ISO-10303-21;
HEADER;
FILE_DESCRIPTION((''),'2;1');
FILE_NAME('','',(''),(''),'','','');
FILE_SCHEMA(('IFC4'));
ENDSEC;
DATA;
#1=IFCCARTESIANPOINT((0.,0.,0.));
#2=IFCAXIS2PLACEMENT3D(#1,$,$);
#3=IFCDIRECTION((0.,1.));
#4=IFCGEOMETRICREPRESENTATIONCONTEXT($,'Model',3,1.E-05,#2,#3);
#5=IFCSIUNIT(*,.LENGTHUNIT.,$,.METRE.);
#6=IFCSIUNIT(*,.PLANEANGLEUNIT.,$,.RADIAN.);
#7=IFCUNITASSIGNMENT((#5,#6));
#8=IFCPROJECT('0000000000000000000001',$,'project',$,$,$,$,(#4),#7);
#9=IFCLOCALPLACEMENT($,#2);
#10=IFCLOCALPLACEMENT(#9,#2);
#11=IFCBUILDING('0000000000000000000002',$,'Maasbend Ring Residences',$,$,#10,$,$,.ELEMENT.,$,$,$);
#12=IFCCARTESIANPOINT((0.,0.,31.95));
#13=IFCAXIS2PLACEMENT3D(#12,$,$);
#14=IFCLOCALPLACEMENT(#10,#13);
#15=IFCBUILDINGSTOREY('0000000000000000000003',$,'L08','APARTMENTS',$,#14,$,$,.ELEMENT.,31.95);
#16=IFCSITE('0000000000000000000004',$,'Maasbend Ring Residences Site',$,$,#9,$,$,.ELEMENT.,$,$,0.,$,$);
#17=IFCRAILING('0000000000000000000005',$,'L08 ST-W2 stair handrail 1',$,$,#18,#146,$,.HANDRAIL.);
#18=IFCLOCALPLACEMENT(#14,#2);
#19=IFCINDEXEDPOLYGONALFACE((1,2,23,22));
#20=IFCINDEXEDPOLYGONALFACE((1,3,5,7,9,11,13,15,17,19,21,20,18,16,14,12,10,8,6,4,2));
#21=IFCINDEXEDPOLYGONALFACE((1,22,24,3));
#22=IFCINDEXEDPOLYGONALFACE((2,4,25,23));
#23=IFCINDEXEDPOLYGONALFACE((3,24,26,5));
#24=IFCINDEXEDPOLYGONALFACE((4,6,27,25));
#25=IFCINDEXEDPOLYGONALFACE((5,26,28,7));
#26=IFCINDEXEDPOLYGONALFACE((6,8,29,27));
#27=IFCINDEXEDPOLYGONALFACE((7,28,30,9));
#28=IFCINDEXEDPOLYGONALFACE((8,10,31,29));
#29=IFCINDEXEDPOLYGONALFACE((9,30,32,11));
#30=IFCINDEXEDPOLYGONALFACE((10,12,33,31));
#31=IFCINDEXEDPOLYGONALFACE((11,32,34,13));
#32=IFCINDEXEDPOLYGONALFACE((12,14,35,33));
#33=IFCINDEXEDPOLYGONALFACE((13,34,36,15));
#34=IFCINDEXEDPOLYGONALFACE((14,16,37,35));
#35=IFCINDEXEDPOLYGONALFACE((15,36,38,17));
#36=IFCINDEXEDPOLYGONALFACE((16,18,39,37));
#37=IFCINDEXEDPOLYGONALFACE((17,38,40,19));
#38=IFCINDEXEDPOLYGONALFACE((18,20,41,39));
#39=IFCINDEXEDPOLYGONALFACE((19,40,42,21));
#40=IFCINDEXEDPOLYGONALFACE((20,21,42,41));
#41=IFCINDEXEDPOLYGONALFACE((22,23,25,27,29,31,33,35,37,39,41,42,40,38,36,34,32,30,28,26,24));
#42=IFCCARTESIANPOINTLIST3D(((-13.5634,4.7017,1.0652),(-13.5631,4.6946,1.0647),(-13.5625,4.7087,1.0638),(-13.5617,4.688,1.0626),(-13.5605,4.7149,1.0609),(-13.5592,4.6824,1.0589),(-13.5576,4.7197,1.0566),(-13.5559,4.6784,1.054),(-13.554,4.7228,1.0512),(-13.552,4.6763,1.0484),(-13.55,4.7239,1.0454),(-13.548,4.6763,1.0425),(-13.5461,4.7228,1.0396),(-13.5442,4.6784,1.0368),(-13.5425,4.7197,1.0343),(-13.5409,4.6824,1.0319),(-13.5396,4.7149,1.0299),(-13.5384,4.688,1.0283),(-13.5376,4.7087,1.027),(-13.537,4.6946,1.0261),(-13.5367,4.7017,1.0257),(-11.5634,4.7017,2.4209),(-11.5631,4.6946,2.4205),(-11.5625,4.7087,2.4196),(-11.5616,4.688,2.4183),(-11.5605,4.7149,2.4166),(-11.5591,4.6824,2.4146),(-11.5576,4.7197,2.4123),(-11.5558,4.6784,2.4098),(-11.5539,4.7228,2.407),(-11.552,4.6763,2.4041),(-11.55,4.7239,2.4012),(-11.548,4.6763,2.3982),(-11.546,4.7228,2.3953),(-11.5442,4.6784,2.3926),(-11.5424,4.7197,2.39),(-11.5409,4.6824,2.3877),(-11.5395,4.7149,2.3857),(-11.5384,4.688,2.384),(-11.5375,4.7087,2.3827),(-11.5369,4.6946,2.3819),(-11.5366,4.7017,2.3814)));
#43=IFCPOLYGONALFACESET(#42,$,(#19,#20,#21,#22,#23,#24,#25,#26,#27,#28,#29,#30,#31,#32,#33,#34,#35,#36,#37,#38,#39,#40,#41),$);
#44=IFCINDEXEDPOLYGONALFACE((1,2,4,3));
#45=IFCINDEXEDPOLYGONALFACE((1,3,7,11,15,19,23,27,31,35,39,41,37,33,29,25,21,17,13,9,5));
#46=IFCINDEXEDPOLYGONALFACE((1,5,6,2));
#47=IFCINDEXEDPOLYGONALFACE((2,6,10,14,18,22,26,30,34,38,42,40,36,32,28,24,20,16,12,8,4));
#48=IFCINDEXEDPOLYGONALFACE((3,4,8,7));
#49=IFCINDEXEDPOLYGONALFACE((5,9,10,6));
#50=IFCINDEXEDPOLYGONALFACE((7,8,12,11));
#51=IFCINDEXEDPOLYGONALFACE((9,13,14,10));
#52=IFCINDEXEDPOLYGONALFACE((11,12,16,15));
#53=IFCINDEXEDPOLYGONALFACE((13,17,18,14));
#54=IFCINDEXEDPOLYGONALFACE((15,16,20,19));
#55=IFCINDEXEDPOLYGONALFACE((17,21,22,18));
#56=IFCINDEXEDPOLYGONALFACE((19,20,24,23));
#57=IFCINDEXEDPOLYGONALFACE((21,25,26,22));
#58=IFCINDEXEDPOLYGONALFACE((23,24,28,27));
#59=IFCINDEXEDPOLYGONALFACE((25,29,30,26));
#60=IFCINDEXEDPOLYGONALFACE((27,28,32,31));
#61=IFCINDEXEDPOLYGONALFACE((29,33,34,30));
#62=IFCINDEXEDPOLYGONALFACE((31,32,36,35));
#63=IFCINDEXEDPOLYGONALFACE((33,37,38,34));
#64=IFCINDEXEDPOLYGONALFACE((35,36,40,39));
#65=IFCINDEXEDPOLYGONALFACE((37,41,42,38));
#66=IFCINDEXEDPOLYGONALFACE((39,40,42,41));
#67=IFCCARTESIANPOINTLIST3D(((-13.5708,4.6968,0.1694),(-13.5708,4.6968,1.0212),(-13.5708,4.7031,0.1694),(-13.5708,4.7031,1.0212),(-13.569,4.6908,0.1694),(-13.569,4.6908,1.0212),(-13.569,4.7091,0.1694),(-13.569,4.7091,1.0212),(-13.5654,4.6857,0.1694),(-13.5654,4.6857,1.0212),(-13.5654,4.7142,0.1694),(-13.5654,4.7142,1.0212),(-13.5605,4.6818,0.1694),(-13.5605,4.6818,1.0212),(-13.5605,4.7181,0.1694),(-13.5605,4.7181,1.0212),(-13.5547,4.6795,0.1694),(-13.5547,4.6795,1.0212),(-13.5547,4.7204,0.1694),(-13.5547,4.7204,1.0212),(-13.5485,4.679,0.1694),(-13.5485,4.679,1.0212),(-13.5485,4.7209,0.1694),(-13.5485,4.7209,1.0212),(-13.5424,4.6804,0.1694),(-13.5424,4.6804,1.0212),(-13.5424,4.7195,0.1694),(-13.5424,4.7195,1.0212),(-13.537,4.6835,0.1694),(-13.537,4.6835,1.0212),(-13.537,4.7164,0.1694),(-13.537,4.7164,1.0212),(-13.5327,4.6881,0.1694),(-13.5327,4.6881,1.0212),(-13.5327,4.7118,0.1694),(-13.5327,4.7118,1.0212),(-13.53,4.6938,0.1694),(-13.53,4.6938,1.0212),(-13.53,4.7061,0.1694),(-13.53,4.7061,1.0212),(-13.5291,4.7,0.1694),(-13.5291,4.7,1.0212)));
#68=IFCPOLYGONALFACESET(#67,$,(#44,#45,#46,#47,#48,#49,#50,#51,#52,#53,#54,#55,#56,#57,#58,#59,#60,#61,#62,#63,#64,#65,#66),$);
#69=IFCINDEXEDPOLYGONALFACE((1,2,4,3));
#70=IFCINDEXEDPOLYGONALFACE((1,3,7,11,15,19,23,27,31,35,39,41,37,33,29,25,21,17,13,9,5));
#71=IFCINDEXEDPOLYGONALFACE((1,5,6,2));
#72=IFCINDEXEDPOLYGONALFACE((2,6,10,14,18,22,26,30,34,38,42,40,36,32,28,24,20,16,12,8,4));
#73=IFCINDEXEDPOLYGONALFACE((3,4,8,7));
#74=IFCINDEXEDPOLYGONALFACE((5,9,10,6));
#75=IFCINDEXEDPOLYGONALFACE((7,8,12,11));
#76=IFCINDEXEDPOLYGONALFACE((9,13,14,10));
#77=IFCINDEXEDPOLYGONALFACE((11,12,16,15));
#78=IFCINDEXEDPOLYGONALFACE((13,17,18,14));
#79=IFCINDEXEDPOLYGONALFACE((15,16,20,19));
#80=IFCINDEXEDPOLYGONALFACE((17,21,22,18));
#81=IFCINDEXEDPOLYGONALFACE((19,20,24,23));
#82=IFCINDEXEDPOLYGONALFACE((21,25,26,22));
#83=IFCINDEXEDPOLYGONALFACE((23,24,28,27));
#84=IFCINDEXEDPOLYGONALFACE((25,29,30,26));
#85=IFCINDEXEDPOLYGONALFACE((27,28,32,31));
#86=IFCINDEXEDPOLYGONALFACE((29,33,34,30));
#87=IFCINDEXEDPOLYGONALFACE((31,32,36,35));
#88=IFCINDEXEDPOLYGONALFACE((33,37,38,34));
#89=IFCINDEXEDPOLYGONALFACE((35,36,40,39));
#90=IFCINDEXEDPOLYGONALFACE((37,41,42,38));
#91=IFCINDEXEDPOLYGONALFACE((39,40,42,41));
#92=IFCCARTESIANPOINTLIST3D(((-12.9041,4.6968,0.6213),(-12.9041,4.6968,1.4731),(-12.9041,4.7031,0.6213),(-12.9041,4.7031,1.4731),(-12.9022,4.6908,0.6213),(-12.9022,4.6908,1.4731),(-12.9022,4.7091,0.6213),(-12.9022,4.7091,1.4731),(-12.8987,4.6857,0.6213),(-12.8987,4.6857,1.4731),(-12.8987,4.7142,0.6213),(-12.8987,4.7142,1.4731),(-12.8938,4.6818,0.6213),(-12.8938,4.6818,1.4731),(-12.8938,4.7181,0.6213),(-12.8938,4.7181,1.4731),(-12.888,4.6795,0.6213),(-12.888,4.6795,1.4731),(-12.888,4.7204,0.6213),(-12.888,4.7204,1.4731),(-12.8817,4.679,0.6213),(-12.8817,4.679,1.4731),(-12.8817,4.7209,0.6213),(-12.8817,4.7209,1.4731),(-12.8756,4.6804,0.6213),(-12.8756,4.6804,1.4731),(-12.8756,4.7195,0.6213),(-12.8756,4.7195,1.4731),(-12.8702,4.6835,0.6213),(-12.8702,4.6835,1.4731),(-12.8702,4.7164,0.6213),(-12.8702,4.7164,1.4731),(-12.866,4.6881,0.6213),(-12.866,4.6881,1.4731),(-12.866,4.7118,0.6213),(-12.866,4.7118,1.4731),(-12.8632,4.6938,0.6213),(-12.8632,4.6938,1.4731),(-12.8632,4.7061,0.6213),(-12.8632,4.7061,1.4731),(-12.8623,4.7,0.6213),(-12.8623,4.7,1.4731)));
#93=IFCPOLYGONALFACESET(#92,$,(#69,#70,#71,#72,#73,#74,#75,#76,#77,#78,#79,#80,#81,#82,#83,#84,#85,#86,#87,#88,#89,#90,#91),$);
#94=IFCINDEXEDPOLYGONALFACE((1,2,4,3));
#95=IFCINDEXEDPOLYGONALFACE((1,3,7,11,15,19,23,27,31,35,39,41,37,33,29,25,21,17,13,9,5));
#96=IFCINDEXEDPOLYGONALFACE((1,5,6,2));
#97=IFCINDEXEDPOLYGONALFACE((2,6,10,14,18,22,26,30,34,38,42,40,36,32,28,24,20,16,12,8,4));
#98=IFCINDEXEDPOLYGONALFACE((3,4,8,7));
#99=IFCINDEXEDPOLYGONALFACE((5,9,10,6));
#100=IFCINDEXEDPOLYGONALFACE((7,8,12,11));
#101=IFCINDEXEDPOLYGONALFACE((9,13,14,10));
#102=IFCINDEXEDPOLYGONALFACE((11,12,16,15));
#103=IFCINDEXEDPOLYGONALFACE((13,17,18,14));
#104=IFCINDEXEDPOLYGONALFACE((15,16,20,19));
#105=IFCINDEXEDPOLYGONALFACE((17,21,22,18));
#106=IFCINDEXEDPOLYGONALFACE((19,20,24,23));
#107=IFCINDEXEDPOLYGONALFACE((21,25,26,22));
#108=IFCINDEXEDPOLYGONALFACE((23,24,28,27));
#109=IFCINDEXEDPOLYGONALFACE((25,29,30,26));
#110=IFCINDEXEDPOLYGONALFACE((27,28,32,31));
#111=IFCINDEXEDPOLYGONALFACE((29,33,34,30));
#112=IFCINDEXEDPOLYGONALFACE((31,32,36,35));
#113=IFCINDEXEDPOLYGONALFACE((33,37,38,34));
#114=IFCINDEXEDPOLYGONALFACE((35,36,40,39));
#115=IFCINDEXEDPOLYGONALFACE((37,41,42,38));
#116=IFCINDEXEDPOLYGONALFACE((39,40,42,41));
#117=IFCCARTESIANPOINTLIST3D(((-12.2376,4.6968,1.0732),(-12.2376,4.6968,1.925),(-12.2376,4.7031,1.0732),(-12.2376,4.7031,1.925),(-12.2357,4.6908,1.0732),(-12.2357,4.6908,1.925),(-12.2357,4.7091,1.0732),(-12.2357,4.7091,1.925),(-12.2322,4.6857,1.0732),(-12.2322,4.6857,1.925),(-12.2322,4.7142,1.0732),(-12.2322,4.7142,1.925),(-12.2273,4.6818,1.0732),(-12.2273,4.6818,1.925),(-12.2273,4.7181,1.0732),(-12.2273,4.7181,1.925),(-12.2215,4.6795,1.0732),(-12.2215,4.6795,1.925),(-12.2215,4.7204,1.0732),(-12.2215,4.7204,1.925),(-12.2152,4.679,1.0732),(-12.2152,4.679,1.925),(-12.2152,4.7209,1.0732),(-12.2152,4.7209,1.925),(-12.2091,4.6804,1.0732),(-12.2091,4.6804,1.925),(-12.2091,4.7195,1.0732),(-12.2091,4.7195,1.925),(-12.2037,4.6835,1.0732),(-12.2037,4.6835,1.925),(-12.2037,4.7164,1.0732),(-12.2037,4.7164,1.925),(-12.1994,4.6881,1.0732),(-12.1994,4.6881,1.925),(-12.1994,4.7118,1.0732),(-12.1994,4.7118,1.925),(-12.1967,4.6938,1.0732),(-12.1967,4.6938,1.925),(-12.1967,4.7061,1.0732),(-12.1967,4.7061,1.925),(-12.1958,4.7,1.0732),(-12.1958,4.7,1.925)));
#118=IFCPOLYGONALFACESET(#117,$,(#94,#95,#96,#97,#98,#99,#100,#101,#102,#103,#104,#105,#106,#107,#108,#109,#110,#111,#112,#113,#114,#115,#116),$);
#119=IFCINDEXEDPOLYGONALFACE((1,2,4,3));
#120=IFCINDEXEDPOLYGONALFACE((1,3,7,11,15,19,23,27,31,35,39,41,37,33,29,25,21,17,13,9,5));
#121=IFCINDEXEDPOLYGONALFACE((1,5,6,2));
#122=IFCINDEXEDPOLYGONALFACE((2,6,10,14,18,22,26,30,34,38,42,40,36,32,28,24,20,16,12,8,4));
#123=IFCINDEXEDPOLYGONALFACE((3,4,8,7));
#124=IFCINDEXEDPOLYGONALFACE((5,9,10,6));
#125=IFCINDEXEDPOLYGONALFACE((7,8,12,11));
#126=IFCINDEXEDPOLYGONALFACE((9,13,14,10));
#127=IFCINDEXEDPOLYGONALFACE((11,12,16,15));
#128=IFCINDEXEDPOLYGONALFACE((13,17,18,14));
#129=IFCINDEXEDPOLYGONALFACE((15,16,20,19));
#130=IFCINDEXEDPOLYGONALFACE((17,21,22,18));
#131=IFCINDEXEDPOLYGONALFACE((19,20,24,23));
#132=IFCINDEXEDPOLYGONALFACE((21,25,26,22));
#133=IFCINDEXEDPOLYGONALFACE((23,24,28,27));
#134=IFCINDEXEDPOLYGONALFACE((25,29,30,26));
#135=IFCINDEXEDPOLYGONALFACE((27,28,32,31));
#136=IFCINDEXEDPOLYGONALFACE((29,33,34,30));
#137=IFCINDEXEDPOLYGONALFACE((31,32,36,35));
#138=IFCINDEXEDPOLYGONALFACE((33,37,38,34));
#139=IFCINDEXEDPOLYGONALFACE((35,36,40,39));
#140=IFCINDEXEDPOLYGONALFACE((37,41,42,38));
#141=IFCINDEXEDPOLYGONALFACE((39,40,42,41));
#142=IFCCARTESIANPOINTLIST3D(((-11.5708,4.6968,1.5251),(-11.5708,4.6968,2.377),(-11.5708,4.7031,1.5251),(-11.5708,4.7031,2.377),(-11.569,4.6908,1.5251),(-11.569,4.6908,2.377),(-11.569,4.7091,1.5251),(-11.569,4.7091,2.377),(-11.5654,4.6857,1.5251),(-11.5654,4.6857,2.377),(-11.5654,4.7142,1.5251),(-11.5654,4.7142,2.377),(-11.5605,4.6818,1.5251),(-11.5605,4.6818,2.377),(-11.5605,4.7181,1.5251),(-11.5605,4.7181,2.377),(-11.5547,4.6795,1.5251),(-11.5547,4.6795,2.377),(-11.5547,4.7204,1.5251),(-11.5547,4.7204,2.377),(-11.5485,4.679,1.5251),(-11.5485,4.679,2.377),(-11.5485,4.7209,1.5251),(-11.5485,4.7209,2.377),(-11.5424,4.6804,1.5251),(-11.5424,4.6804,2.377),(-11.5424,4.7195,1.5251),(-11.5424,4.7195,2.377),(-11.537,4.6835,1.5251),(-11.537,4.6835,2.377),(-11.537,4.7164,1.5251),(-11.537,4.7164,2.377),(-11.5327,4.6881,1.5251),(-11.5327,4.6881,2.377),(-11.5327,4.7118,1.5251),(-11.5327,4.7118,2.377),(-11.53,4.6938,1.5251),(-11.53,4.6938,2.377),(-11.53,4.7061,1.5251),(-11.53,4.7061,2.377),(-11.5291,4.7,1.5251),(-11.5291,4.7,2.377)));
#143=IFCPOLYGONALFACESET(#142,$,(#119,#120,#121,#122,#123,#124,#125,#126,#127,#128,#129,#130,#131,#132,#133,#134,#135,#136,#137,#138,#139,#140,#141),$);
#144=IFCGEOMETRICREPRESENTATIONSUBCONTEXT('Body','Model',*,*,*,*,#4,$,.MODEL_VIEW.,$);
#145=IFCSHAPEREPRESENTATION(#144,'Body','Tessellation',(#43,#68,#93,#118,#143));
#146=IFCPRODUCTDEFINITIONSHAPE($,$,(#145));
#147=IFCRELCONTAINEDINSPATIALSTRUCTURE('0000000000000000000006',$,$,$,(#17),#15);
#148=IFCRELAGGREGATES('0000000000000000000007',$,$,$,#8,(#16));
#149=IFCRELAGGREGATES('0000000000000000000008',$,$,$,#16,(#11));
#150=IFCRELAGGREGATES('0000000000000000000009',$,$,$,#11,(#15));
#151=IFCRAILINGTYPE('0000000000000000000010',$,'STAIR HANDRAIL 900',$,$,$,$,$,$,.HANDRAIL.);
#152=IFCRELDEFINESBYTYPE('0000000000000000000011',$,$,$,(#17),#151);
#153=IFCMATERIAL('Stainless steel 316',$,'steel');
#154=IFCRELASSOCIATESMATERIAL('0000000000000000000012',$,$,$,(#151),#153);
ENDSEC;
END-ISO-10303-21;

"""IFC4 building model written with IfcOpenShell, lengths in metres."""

from ifc_helpers import new_model, si_unit, direction, frame, origin, origin_2d, place, context, subcontext, project, spatial, circle, extrude, material, type_object, element, save


model = new_model("IFC4")

# Units and contexts
model_context = context("Model", 3, precision=1e-05, world=origin(), true_north=direction((0.0, 1.0)))
body_context = subcontext(model_context, "Body", "Model", "MODEL_VIEW")
ifc_project = project(units=[si_unit("LENGTHUNIT", "METRE"), si_unit("PLANEANGLEUNIT", "RADIAN")], contexts=[model_context])

# Site, building, storey
site_placement = place(None, origin())
site = spatial("IfcSite", under=ifc_project, at=site_placement, Name="Maasbend Ring Residences Site", CompositionType="ELEMENT", RefElevation=0.0)
building_placement = place(site_placement, origin())
building = spatial("IfcBuilding", under=site, at=building_placement, Name="Maasbend Ring Residences", CompositionType="ELEMENT")
storey_placement = place(building_placement, frame((0.0, 0.0, 31.95)))
storey = spatial("IfcBuildingStorey", under=building, at=storey_placement, Name="L08", Description="APARTMENTS", CompositionType="ELEMENT", Elevation=31.95)

# Railing
ifc_material_1 = material(Name="Stainless steel 316", Category="steel")
railing_type_1 = type_object("IfcRailingType", Name="STAIR HANDRAIL 900", PredefinedType="HANDRAIL", material=ifc_material_1)
railing_1_placement = place(storey_placement, frame((-13.55, 4.7, 0.1694)))
element("IfcRailing", 1, at=railing_1_placement, inside=storey, type_object=railing_type_1, Name="L08 ST-W2 stair handrail 1", PredefinedType="HANDRAIL", context=body_context, shape_type="SweptSolid", body=[
    extrude(circle(Radius=0.0239, at=origin_2d()), frame((0.0, 0.0, 0.876), z_axis=(0.827751, 0.0, 0.561096), x_axis=(0.0, 1.0, 0.0)), (0.0, 0.0, 1.0), 2.4163),
    extrude(circle(Radius=0.021, at=origin_2d()), origin(), (0.0, 0.0, 1.0), 0.8518),
    extrude(circle(Radius=0.021, at=origin_2d()), frame((0.6667, 0.0, 0.4519)), (0.0, 0.0, 1.0), 0.8518),
    extrude(circle(Radius=0.021, at=origin_2d()), frame((1.3333, 0.0, 0.9038)), (0.0, 0.0, 1.0), 0.8518),
    extrude(circle(Radius=0.021, at=origin_2d()), frame((2.0, 0.0, 1.3557)), (0.0, 0.0, 1.0), 0.8518),
])

save(model, "model.ifc")
